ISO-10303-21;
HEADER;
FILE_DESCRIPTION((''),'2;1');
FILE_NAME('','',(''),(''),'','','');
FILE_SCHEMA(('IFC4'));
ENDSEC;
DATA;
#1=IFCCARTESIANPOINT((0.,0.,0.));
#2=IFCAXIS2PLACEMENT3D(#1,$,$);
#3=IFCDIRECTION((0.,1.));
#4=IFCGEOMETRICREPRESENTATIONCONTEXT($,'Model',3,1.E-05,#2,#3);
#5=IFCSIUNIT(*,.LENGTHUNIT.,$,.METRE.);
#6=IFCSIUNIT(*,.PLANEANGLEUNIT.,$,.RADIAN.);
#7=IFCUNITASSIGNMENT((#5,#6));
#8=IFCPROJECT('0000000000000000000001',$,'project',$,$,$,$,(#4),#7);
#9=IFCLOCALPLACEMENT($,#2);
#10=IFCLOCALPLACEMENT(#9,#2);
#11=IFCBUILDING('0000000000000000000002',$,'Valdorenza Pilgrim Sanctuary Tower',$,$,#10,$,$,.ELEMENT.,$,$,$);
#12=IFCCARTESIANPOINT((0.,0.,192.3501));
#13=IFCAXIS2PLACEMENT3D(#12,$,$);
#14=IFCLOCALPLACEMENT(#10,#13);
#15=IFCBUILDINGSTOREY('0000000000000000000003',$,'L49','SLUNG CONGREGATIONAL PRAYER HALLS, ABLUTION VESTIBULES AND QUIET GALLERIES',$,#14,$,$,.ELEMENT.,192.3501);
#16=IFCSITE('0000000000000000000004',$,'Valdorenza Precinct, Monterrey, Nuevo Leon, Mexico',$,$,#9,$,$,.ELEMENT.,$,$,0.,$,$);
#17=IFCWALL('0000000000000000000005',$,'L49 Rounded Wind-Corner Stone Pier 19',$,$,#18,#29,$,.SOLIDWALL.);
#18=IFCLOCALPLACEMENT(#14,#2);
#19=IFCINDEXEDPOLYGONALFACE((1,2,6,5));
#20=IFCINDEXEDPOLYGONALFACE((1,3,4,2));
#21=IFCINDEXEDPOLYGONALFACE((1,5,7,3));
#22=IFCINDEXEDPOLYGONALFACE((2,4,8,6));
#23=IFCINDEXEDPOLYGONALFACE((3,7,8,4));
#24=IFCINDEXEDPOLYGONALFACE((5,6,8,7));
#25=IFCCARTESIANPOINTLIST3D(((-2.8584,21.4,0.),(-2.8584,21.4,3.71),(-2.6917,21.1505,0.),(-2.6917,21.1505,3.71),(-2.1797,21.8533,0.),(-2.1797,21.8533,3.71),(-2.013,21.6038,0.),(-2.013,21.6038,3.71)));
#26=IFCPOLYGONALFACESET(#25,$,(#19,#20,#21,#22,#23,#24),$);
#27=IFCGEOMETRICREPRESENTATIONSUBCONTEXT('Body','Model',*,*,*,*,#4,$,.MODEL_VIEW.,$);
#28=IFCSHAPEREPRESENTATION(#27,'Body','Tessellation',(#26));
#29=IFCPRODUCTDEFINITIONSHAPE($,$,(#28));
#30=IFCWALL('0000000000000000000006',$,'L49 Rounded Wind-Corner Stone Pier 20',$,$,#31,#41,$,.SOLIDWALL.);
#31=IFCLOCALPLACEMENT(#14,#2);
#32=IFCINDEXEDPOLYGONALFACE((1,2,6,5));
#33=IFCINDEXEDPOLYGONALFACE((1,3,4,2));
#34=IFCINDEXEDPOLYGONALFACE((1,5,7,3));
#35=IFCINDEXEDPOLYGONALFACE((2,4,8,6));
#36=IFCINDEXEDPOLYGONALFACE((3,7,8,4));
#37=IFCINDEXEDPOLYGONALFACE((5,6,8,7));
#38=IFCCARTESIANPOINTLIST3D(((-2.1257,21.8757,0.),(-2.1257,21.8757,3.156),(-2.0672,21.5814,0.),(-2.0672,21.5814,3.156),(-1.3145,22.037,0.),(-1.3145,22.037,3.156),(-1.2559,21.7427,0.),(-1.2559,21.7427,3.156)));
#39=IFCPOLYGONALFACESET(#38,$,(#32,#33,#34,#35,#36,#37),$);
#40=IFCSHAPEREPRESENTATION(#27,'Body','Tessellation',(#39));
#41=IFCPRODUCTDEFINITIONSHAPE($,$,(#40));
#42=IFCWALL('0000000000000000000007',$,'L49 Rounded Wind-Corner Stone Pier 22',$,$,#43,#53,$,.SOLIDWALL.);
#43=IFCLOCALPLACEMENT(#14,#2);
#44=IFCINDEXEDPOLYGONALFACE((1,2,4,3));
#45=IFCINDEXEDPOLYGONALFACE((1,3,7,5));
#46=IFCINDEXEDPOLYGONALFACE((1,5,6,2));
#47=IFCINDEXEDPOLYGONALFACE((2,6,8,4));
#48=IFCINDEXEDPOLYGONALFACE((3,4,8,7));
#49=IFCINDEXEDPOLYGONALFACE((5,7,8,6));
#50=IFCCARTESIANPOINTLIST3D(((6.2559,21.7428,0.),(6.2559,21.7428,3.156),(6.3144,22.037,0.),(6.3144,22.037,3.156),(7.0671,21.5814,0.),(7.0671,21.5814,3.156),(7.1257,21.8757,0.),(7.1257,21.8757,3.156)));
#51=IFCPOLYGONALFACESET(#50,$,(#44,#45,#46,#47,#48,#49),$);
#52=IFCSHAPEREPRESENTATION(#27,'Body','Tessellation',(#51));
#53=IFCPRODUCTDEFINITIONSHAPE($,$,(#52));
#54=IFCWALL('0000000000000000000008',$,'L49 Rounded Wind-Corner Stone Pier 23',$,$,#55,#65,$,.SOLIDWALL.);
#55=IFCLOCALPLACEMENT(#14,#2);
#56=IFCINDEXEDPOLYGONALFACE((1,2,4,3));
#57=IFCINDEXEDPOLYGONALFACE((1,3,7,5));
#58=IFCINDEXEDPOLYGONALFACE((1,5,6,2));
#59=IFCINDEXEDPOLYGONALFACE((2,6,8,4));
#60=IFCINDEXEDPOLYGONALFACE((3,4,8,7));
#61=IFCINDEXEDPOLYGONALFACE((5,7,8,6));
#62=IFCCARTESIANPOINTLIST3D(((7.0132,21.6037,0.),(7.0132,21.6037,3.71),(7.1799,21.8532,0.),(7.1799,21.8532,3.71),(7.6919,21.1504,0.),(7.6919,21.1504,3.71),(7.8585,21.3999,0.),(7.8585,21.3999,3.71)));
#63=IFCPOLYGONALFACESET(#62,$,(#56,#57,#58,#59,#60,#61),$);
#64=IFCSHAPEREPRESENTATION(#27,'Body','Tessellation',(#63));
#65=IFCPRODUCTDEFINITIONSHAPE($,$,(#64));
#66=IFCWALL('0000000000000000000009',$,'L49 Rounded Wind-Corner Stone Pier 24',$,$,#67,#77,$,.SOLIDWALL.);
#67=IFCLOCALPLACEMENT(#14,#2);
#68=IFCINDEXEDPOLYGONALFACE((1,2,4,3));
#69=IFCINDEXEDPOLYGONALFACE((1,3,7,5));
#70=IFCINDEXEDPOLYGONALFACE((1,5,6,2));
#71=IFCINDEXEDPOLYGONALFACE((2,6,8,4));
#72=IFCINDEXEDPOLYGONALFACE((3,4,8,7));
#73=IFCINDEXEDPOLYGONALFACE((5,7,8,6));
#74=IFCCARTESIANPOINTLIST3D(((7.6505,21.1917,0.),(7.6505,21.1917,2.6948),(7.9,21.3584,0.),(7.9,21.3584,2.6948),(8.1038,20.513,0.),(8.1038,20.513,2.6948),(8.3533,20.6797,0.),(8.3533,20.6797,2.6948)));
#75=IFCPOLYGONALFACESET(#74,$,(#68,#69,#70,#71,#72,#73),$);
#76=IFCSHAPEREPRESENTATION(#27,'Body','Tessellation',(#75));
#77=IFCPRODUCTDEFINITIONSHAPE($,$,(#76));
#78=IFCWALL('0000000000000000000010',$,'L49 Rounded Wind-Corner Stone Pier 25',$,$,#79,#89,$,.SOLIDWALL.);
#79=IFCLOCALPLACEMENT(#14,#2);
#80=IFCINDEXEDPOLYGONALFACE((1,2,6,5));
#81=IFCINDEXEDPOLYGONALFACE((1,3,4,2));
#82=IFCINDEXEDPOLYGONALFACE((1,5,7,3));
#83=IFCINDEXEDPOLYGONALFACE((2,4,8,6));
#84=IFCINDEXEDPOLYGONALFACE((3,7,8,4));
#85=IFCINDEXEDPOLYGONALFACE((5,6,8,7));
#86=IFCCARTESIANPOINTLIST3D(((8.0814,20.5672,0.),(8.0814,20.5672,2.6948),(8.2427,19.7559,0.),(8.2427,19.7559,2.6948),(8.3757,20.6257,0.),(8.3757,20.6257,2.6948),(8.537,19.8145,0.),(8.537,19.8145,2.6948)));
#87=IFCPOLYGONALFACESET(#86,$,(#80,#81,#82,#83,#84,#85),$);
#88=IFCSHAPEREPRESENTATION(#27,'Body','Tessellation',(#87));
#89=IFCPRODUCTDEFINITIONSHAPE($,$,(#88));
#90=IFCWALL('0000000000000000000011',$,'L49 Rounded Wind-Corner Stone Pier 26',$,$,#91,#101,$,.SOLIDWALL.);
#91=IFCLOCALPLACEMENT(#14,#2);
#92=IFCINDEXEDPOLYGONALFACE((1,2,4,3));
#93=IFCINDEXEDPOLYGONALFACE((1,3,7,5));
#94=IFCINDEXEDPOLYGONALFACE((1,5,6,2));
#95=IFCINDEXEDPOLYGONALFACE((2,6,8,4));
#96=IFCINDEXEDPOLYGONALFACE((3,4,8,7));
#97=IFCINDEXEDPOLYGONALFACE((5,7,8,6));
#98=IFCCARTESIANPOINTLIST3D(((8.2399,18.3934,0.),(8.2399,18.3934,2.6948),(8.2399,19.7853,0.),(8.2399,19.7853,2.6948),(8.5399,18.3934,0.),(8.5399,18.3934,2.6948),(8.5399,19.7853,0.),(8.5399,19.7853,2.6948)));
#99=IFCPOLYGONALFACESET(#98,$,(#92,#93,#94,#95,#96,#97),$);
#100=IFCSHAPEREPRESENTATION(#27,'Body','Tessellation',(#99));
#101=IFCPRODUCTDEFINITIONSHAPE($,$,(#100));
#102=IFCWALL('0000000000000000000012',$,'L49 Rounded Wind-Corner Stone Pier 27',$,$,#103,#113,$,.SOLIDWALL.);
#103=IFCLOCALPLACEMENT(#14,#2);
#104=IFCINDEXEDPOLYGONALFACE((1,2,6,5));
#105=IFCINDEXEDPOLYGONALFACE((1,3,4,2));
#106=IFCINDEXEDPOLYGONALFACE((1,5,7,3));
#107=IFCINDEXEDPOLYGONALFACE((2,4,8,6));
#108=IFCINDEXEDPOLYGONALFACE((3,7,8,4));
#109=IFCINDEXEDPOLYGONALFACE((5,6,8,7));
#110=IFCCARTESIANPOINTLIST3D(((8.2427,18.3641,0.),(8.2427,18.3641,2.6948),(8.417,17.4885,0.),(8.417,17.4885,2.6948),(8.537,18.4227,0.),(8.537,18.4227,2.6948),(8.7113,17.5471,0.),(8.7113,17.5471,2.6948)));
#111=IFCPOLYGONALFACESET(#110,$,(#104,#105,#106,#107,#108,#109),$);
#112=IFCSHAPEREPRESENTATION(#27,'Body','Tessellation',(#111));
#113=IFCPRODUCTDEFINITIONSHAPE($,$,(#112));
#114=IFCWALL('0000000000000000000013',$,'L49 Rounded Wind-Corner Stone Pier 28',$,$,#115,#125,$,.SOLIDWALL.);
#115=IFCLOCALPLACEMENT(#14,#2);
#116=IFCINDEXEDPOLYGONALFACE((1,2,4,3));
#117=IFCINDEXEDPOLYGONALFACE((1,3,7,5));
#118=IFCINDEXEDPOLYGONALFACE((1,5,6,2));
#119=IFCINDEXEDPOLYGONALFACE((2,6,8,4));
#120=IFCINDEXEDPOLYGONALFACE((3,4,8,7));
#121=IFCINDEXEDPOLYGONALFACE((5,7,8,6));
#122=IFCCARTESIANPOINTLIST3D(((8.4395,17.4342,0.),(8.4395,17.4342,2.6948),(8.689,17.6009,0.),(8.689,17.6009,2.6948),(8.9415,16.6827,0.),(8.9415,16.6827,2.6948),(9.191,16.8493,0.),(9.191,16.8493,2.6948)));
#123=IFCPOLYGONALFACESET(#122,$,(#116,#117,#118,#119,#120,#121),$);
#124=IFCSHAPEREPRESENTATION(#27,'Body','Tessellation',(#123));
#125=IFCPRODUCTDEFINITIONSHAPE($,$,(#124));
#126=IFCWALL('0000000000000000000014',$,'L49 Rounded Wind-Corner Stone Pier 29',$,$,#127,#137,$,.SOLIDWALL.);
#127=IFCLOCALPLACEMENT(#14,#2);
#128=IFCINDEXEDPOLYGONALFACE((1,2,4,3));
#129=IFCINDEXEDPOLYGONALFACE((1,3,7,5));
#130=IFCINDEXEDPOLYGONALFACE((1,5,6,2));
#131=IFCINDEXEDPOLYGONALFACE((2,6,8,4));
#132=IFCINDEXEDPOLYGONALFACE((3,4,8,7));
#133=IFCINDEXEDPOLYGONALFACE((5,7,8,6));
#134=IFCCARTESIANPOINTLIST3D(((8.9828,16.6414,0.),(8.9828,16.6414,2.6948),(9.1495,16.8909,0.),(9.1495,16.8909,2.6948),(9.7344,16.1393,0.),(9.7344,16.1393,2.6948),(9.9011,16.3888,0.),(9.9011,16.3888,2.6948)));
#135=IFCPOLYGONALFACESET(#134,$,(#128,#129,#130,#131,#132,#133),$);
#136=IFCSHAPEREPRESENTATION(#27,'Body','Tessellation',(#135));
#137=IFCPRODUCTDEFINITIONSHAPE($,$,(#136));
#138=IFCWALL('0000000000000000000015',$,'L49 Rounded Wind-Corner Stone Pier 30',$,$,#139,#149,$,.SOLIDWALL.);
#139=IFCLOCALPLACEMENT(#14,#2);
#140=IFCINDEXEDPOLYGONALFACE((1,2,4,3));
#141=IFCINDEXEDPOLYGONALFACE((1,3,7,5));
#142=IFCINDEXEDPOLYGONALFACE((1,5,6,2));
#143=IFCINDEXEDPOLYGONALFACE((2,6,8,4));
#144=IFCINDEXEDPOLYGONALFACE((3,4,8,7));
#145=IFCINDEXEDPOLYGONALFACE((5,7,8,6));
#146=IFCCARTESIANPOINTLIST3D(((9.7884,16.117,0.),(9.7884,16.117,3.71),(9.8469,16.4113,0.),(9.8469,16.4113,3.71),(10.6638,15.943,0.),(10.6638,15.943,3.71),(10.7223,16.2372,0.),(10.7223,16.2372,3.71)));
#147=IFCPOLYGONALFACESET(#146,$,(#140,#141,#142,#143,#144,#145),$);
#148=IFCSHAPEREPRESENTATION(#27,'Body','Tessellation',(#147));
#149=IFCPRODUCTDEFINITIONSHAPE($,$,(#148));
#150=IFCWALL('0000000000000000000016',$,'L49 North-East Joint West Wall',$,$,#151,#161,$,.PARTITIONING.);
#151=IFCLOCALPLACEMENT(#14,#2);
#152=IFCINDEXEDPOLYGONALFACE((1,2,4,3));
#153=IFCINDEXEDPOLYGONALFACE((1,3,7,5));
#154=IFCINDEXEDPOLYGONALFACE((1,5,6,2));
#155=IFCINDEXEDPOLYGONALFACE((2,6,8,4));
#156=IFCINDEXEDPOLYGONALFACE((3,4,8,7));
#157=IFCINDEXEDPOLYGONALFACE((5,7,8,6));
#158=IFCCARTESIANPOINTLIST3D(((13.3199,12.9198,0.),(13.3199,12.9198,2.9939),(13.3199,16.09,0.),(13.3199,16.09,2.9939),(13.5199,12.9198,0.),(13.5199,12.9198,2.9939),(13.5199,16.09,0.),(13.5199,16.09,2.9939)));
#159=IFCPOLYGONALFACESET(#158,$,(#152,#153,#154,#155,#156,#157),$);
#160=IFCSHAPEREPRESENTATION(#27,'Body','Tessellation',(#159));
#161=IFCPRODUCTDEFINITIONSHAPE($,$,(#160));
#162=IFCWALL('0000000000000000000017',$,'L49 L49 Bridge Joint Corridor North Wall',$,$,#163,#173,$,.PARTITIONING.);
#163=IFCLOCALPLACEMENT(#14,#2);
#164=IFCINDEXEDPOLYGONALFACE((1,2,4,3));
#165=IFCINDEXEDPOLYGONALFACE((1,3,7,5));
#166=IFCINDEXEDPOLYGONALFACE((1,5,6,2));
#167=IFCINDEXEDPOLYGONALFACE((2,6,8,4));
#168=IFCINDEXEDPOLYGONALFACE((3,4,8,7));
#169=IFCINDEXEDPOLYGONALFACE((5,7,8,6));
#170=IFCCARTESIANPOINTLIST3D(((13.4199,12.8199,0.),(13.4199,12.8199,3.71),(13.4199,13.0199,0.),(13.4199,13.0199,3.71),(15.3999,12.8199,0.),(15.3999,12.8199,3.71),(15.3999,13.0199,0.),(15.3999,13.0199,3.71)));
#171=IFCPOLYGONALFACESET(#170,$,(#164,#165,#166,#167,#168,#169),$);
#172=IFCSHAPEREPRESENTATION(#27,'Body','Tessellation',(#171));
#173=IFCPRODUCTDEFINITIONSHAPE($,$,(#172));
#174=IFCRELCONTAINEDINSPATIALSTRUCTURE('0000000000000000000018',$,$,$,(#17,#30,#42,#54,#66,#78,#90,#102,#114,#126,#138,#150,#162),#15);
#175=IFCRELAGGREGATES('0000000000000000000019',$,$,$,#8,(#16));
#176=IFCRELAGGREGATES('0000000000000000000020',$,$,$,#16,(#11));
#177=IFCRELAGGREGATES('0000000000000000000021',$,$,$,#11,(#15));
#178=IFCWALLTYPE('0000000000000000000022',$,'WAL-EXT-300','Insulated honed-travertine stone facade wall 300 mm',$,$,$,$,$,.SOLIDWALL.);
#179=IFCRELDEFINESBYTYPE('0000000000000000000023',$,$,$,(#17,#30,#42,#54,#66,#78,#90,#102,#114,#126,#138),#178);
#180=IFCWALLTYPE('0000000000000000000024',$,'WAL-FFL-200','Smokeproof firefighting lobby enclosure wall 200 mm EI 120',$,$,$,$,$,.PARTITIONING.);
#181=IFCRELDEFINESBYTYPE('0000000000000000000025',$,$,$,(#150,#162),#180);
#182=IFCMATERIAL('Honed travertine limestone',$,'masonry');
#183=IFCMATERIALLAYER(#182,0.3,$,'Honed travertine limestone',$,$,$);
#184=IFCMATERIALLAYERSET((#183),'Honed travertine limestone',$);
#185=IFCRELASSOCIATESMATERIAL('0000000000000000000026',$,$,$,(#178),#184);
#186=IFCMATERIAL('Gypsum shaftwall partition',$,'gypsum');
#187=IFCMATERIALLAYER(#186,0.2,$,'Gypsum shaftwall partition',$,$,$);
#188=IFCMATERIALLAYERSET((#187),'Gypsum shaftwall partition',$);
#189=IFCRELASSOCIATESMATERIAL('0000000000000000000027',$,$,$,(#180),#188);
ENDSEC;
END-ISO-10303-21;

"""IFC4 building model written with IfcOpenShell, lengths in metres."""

from ifc_helpers import new_model, si_unit, direction, frame, frame_2d, origin, place, context, subcontext, project, spatial, rectangle, extrude, material, layer, layer_set, type_object, element, save


model = new_model("IFC4")

# Units and contexts
model_context = context("Model", 3, precision=1e-05, world=origin(), true_north=direction((0.0, 1.0)))
body_context = subcontext(model_context, "Body", "Model", "MODEL_VIEW")
ifc_project = project(units=[si_unit("LENGTHUNIT", "METRE"), si_unit("PLANEANGLEUNIT", "RADIAN")], contexts=[model_context])

# Site, building, storey
site_placement = place(None, origin())
site = spatial("IfcSite", under=ifc_project, at=site_placement, Name="Valdorenza Precinct, Monterrey, Nuevo Leon, Mexico", CompositionType="ELEMENT", RefElevation=0.0)
building_placement = place(site_placement, origin())
building = spatial("IfcBuilding", under=site, at=building_placement, Name="Valdorenza Pilgrim Sanctuary Tower", CompositionType="ELEMENT")
storey_placement = place(building_placement, frame((0.0, 0.0, 192.3501)))
storey = spatial("IfcBuildingStorey", under=building, at=storey_placement, Name="L49", Description="SLUNG CONGREGATIONAL PRAYER HALLS, ABLUTION VESTIBULES AND QUIET GALLERIES", CompositionType="ELEMENT", Elevation=192.3501)

# Shared definitions
ifc_material_1 = material(Name="Honed travertine limestone", Category="masonry")

# Walls
ifc_layer_1 = layer(ifc_material_1, 0.3, Name="Honed travertine limestone")
ifc_layer_set_1 = layer_set([ifc_layer_1], Name="Honed travertine limestone")
wall_type_1 = type_object("IfcWallType", Name="WAL-EXT-300", Description="Insulated honed-travertine stone facade wall 300 mm", PredefinedType="SOLIDWALL", material=ifc_layer_set_1)
wall_1_placement = place(storey_placement, frame((-2.7751, 21.2751, 0.0), z_axis=(0.0, 0.0, 1.0), x_axis=(0.831544, 0.555459, 0.0)))
element("IfcWall", 1, at=wall_1_placement, inside=storey, type_object=wall_type_1, Name="L49 Rounded Wind-Corner Stone Pier 19", PredefinedType="SOLIDWALL", context=body_context, shape_type="SweptSolid", body=[
    extrude(rectangle(XDim=0.8162, YDim=0.3, at=frame_2d((0.4082, 0.0))), origin(), (0.0, 0.0, 1.0), 3.71),
])
for number, where, z_axis, x_axis, name in (
    (2, (-2.0964, 21.7285, 0.0), (0.0, 0.0, 1.0), (0.980784, 0.195094, 0.0), "L49 Rounded Wind-Corner Stone Pier 20"),
    (3, (6.2852, 21.8899, 0.0), (0.0, 0.0, 1.0), (0.980784, -0.195094, 0.0), "L49 Rounded Wind-Corner Stone Pier 22"),
):
    element("IfcWall", number, at=place(storey_placement, frame(where, z_axis=z_axis, x_axis=x_axis)), inside=storey, type_object=wall_type_1, Name=name, PredefinedType="SOLIDWALL", context=body_context, shape_type="SweptSolid", body=[
        extrude(rectangle(XDim=0.8271, YDim=0.3, at=frame_2d((0.4136, 0.0))), origin(), (0.0, 0.0, 1.0), 3.156),
    ])
wall_2_placement = place(storey_placement, frame((7.0964, 21.7285, 0.0), z_axis=(0.0, 0.0, 1.0), x_axis=(0.831544, -0.555459, 0.0)))
element("IfcWall", 4, at=wall_2_placement, inside=storey, type_object=wall_type_1, Name="L49 Rounded Wind-Corner Stone Pier 23", PredefinedType="SOLIDWALL", context=body_context, shape_type="SweptSolid", body=[
    extrude(rectangle(XDim=0.8162, YDim=0.3, at=frame_2d((0.4082, 0.0))), origin(), (0.0, 0.0, 1.0), 3.71),
])
wall_3_placement = place(storey_placement, frame((7.7751, 21.2751, 0.0), z_axis=(0.0, 0.0, 1.0), x_axis=(0.555459, -0.831544, 0.0)))
element("IfcWall", 5, at=wall_3_placement, inside=storey, type_object=wall_type_1, Name="L49 Rounded Wind-Corner Stone Pier 24", PredefinedType="SOLIDWALL", context=body_context, shape_type="SweptSolid", body=[
    extrude(rectangle(XDim=0.8162, YDim=0.3, at=frame_2d((0.4082, 0.0))), origin(), (0.0, 0.0, 1.0), 2.6948),
])
wall_4_placement = place(storey_placement, frame((8.2285, 20.5964, 0.0), z_axis=(0.0, 0.0, 1.0), x_axis=(0.195094, -0.980784, 0.0)))
element("IfcWall", 6, at=wall_4_placement, inside=storey, type_object=wall_type_1, Name="L49 Rounded Wind-Corner Stone Pier 25", PredefinedType="SOLIDWALL", context=body_context, shape_type="SweptSolid", body=[
    extrude(rectangle(XDim=0.8271, YDim=0.3, at=frame_2d((0.4136, 0.0))), origin(), (0.0, 0.0, 1.0), 2.6948),
])
wall_5_placement = place(storey_placement, frame((8.3899, 19.7852, 0.0), z_axis=(0.0, 0.0, 1.0), x_axis=(0.0, -1.0, 0.0)))
element("IfcWall", 7, at=wall_5_placement, inside=storey, type_object=wall_type_1, Name="L49 Rounded Wind-Corner Stone Pier 26", PredefinedType="SOLIDWALL", context=body_context, shape_type="SweptSolid", body=[
    extrude(rectangle(XDim=1.3918, YDim=0.3, at=frame_2d((0.6958, 0.0))), origin(), (0.0, 0.0, 1.0), 2.6948),
])
wall_6_placement = place(storey_placement, frame((8.3899, 18.3933, 0.0), z_axis=(0.0, 0.0, 1.0), x_axis=(0.195222, -0.980759, 0.0)))
element("IfcWall", 8, at=wall_6_placement, inside=storey, type_object=wall_type_1, Name="L49 Rounded Wind-Corner Stone Pier 27", PredefinedType="SOLIDWALL", context=body_context, shape_type="SweptSolid", body=[
    extrude(rectangle(XDim=0.8928, YDim=0.3, at=frame_2d((0.4463, 0.0))), origin(), (0.0, 0.0, 1.0), 2.6948),
])
for number, where, z_axis, x_axis, name in (
    (9, (8.5642, 17.5176, 0.0), (0.0, 0.0, 1.0), (0.555448, -0.831551, 0.0), "L49 Rounded Wind-Corner Stone Pier 28"),
    (10, (9.0662, 16.7661, 0.0), (0.0, 0.0, 1.0), (0.831551, -0.555448, 0.0), "L49 Rounded Wind-Corner Stone Pier 29"),
):
    element("IfcWall", number, at=place(storey_placement, frame(where, z_axis=z_axis, x_axis=x_axis)), inside=storey, type_object=wall_type_1, Name=name, PredefinedType="SOLIDWALL", context=body_context, shape_type="SweptSolid", body=[
        extrude(rectangle(XDim=0.9038, YDim=0.3, at=frame_2d((0.4519, 0.0))), origin(), (0.0, 0.0, 1.0), 2.6948),
    ])
wall_7_placement = place(storey_placement, frame((9.8176, 16.2642, 0.0), z_axis=(0.0, 0.0, 1.0), x_axis=(0.980801, -0.195011, 0.0)))
element("IfcWall", 11, at=wall_7_placement, inside=storey, type_object=wall_type_1, Name="L49 Rounded Wind-Corner Stone Pier 30", PredefinedType="SOLIDWALL", context=body_context, shape_type="SweptSolid", body=[
    extrude(rectangle(XDim=0.8926, YDim=0.3, at=frame_2d((0.4463, 0.0))), origin(), (0.0, 0.0, 1.0), 3.71),
])
ifc_material_2 = material(Name="Gypsum shaftwall partition", Category="gypsum")
ifc_layer_2 = layer(ifc_material_2, 0.2, Name="Gypsum shaftwall partition")
ifc_layer_set_2 = layer_set([ifc_layer_2], Name="Gypsum shaftwall partition")
wall_type_2 = type_object("IfcWallType", Name="WAL-FFL-200", Description="Smokeproof firefighting lobby enclosure wall 200 mm EI 120", PredefinedType="PARTITIONING", material=ifc_layer_set_2)
wall_8_placement = place(storey_placement, frame((13.4199, 12.9199, 0.0), z_axis=(0.0, 0.0, 1.0), x_axis=(0.0, 1.0, 0.0)))
element("IfcWall", 12, at=wall_8_placement, inside=storey, type_object=wall_type_2, Name="L49 North-East Joint West Wall", PredefinedType="PARTITIONING", context=body_context, shape_type="SweptSolid", body=[
    extrude(rectangle(XDim=3.1702, YDim=0.2, at=frame_2d((1.585, 0.0))), origin(), (0.0, 0.0, 1.0), 2.9939),
])
wall_9_placement = place(storey_placement, frame((13.4199, 12.9199, 0.0), z_axis=(0.0, 0.0, 1.0), x_axis=(1.0, 0.0, 0.0)))
element("IfcWall", 13, at=wall_9_placement, inside=storey, type_object=wall_type_2, Name="L49 L49 Bridge Joint Corridor North Wall", PredefinedType="PARTITIONING", context=body_context, shape_type="SweptSolid", body=[
    extrude(rectangle(XDim=1.98, YDim=0.2, at=frame_2d((0.99, 0.0))), origin(), (0.0, 0.0, 1.0), 3.71),
])

save(model, "model.ifc")
